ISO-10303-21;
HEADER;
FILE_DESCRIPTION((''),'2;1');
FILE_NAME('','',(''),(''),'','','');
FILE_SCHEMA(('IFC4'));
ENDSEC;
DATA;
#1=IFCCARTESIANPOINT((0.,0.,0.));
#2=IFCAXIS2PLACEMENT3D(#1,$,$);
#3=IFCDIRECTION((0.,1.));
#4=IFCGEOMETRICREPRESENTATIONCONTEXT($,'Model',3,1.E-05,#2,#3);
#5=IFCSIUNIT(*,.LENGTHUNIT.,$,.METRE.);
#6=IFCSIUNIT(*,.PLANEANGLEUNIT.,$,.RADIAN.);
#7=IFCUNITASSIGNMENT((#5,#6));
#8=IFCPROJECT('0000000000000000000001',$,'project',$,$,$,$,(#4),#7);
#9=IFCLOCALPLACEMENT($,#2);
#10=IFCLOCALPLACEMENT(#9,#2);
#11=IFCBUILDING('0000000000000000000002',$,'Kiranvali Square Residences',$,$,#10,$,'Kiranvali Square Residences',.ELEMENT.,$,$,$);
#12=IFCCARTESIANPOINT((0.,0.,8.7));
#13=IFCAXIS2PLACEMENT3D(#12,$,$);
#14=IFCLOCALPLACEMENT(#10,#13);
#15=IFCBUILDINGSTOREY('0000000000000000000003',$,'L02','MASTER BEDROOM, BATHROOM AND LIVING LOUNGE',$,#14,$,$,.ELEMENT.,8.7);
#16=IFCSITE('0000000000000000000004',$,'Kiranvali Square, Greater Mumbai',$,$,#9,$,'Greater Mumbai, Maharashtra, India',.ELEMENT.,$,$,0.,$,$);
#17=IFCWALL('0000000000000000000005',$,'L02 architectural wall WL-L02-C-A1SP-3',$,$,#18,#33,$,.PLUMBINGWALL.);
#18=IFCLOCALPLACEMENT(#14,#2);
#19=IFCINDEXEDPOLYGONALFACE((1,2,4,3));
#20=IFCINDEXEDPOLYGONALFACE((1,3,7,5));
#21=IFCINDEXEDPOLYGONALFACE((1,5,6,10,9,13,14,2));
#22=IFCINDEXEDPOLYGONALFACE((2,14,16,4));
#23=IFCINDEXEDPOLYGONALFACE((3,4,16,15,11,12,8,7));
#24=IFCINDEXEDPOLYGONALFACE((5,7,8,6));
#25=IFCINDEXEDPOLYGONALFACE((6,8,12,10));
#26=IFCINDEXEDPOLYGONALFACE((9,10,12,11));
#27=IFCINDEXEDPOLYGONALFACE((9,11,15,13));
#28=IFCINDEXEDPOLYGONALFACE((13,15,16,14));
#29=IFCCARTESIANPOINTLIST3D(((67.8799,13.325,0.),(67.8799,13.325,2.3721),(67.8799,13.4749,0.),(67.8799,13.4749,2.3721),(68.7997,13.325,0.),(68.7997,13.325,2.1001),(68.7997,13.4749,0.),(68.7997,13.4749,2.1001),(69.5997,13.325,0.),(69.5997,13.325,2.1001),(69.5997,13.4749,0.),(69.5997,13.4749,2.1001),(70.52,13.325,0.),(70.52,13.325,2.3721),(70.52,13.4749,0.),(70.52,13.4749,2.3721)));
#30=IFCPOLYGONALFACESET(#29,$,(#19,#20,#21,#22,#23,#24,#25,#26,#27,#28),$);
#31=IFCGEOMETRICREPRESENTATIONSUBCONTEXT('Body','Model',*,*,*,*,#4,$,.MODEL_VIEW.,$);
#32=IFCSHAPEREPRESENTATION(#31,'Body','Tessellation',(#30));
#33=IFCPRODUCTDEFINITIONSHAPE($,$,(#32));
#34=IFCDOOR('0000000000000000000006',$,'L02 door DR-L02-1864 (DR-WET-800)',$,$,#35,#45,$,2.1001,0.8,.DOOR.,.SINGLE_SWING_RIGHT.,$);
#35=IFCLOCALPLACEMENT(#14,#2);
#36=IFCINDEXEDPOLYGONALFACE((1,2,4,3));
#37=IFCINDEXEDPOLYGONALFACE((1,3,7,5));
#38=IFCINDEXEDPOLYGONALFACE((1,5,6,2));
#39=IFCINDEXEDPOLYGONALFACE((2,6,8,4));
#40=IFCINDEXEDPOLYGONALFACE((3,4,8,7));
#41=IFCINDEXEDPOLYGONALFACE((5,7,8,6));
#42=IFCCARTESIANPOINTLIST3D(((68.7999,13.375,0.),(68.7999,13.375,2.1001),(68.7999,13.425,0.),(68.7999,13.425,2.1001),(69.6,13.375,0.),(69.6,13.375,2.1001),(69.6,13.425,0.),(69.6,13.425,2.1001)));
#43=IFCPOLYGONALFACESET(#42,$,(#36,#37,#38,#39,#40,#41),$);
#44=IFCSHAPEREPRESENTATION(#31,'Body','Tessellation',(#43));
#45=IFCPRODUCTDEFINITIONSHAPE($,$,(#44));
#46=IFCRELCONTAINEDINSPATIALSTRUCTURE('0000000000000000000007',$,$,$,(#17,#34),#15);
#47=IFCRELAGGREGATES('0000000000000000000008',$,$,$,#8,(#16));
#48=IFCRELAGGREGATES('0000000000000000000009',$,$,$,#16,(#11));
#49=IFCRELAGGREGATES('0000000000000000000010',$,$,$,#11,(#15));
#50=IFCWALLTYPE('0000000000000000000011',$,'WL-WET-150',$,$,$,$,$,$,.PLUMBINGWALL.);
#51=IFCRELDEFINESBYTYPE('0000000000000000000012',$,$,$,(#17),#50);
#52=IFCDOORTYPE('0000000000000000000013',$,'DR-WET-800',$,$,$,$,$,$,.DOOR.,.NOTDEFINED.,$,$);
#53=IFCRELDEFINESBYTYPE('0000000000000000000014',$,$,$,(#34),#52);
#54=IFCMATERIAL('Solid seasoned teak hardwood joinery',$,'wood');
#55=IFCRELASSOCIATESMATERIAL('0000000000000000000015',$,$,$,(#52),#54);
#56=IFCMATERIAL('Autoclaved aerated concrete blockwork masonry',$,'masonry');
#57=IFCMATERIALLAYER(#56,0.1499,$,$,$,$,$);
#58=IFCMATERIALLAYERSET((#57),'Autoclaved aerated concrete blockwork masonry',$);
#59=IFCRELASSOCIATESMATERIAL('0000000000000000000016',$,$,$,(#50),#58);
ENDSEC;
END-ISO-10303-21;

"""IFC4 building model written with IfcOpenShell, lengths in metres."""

from ifc_helpers import new_model, si_unit, direction, frame, frame_2d, origin, place, context, subcontext, project, spatial, rectangle, extrude, material, layer, layer_set, type_object, element, fill, save


model = new_model("IFC4")

# Units and contexts
model_context = context("Model", 3, precision=1e-05, world=origin(), true_north=direction((0.0, 1.0)))
body_context = subcontext(model_context, "Body", "Model", "MODEL_VIEW")
ifc_project = project(units=[si_unit("LENGTHUNIT", "METRE"), si_unit("PLANEANGLEUNIT", "RADIAN")], contexts=[model_context])

# Site, building, storey
site_placement = place(None, origin())
site = spatial("IfcSite", under=ifc_project, at=site_placement, Name="Kiranvali Square, Greater Mumbai", LongName="Greater Mumbai, Maharashtra, India", CompositionType="ELEMENT", RefElevation=0.0)
building_placement = place(site_placement, origin())
building = spatial("IfcBuilding", under=site, at=building_placement, Name="Kiranvali Square Residences", LongName="Kiranvali Square Residences", CompositionType="ELEMENT")
storey_placement = place(building_placement, frame((0.0, 0.0, 8.7)))
storey = spatial("IfcBuildingStorey", under=building, at=storey_placement, Name="L02", Description="MASTER BEDROOM, BATHROOM AND LIVING LOUNGE", CompositionType="ELEMENT", Elevation=8.7)

# Shared definitions
ifc_material_1 = material(Name="Autoclaved aerated concrete blockwork masonry", Category="masonry")

# Wall, opening, door
ifc_material_2 = material(Name="Solid seasoned teak hardwood joinery", Category="wood")
door_type_1 = type_object("IfcDoorType", Name="DR-WET-800", OperationType="NOTDEFINED", PredefinedType="DOOR", material=ifc_material_2)
ifc_layer_1 = layer(ifc_material_1, 0.1499)
ifc_layer_set_1 = layer_set([ifc_layer_1], Name="Autoclaved aerated concrete blockwork masonry")
wall_type_1 = type_object("IfcWallType", Name="WL-WET-150", PredefinedType="PLUMBINGWALL", material=ifc_layer_set_1)
wall_1_placement = place(storey_placement, frame((67.8799, 13.3999, 0.0), z_axis=(0.0, 0.0, 1.0), x_axis=(1.0, 0.0, 0.0)))
wall_1 = element("IfcWall", 1, at=wall_1_placement, inside=storey, type_object=wall_type_1, Name="L02 architectural wall WL-L02-C-A1SP-3", PredefinedType="PLUMBINGWALL", context=body_context, shape_type="SweptSolid", body=[
    extrude(rectangle(XDim=2.6401, YDim=0.1499, at=frame_2d((1.3201, 0.0))), origin(), (0.0, 0.0, 1.0), 2.3721),
])
opening_1_placement = place(wall_1_placement, frame((0.9199, 0.0, 0.0)))
opening_1 = element("IfcOpeningElement", 2, at=opening_1_placement, cuts=wall_1, PredefinedType="OPENING", context=body_context, shape_type="SweptSolid", body=[
    extrude(rectangle(XDim=0.8, YDim=2.1001, at=frame_2d((0.3999, 1.05))), frame((0.0, 0.085, 0.0), z_axis=(0.0, -1.0, 0.0), x_axis=(1.0, 0.0, 0.0)), (0.0, 0.0, 1.0), 0.1699),
])
door_1_placement = place(opening_1_placement, frame((0.8, 0.0, 0.0), z_axis=(0.0, 0.0, 1.0), x_axis=(-1.0, 0.0, 0.0)))
door_1 = element("IfcDoor", 3, at=door_1_placement, inside=storey, type_object=door_type_1, Name="L02 door DR-L02-1864 (DR-WET-800)", OperationType="SINGLE_SWING_RIGHT", OverallHeight=2.1001, OverallWidth=0.8, PredefinedType="DOOR", context=body_context, shape_type="SweptSolid", body=[
    extrude(rectangle(XDim=0.8, YDim=2.1001, at=frame_2d((0.3999, 1.05))), frame((0.0, 0.0249, 0.0), z_axis=(0.0, -1.0, 0.0), x_axis=(1.0, 0.0, 0.0)), (0.0, 0.0, 1.0), 0.05),
])
fill(opening_1, door_1)

save(model, "model.ifc")
